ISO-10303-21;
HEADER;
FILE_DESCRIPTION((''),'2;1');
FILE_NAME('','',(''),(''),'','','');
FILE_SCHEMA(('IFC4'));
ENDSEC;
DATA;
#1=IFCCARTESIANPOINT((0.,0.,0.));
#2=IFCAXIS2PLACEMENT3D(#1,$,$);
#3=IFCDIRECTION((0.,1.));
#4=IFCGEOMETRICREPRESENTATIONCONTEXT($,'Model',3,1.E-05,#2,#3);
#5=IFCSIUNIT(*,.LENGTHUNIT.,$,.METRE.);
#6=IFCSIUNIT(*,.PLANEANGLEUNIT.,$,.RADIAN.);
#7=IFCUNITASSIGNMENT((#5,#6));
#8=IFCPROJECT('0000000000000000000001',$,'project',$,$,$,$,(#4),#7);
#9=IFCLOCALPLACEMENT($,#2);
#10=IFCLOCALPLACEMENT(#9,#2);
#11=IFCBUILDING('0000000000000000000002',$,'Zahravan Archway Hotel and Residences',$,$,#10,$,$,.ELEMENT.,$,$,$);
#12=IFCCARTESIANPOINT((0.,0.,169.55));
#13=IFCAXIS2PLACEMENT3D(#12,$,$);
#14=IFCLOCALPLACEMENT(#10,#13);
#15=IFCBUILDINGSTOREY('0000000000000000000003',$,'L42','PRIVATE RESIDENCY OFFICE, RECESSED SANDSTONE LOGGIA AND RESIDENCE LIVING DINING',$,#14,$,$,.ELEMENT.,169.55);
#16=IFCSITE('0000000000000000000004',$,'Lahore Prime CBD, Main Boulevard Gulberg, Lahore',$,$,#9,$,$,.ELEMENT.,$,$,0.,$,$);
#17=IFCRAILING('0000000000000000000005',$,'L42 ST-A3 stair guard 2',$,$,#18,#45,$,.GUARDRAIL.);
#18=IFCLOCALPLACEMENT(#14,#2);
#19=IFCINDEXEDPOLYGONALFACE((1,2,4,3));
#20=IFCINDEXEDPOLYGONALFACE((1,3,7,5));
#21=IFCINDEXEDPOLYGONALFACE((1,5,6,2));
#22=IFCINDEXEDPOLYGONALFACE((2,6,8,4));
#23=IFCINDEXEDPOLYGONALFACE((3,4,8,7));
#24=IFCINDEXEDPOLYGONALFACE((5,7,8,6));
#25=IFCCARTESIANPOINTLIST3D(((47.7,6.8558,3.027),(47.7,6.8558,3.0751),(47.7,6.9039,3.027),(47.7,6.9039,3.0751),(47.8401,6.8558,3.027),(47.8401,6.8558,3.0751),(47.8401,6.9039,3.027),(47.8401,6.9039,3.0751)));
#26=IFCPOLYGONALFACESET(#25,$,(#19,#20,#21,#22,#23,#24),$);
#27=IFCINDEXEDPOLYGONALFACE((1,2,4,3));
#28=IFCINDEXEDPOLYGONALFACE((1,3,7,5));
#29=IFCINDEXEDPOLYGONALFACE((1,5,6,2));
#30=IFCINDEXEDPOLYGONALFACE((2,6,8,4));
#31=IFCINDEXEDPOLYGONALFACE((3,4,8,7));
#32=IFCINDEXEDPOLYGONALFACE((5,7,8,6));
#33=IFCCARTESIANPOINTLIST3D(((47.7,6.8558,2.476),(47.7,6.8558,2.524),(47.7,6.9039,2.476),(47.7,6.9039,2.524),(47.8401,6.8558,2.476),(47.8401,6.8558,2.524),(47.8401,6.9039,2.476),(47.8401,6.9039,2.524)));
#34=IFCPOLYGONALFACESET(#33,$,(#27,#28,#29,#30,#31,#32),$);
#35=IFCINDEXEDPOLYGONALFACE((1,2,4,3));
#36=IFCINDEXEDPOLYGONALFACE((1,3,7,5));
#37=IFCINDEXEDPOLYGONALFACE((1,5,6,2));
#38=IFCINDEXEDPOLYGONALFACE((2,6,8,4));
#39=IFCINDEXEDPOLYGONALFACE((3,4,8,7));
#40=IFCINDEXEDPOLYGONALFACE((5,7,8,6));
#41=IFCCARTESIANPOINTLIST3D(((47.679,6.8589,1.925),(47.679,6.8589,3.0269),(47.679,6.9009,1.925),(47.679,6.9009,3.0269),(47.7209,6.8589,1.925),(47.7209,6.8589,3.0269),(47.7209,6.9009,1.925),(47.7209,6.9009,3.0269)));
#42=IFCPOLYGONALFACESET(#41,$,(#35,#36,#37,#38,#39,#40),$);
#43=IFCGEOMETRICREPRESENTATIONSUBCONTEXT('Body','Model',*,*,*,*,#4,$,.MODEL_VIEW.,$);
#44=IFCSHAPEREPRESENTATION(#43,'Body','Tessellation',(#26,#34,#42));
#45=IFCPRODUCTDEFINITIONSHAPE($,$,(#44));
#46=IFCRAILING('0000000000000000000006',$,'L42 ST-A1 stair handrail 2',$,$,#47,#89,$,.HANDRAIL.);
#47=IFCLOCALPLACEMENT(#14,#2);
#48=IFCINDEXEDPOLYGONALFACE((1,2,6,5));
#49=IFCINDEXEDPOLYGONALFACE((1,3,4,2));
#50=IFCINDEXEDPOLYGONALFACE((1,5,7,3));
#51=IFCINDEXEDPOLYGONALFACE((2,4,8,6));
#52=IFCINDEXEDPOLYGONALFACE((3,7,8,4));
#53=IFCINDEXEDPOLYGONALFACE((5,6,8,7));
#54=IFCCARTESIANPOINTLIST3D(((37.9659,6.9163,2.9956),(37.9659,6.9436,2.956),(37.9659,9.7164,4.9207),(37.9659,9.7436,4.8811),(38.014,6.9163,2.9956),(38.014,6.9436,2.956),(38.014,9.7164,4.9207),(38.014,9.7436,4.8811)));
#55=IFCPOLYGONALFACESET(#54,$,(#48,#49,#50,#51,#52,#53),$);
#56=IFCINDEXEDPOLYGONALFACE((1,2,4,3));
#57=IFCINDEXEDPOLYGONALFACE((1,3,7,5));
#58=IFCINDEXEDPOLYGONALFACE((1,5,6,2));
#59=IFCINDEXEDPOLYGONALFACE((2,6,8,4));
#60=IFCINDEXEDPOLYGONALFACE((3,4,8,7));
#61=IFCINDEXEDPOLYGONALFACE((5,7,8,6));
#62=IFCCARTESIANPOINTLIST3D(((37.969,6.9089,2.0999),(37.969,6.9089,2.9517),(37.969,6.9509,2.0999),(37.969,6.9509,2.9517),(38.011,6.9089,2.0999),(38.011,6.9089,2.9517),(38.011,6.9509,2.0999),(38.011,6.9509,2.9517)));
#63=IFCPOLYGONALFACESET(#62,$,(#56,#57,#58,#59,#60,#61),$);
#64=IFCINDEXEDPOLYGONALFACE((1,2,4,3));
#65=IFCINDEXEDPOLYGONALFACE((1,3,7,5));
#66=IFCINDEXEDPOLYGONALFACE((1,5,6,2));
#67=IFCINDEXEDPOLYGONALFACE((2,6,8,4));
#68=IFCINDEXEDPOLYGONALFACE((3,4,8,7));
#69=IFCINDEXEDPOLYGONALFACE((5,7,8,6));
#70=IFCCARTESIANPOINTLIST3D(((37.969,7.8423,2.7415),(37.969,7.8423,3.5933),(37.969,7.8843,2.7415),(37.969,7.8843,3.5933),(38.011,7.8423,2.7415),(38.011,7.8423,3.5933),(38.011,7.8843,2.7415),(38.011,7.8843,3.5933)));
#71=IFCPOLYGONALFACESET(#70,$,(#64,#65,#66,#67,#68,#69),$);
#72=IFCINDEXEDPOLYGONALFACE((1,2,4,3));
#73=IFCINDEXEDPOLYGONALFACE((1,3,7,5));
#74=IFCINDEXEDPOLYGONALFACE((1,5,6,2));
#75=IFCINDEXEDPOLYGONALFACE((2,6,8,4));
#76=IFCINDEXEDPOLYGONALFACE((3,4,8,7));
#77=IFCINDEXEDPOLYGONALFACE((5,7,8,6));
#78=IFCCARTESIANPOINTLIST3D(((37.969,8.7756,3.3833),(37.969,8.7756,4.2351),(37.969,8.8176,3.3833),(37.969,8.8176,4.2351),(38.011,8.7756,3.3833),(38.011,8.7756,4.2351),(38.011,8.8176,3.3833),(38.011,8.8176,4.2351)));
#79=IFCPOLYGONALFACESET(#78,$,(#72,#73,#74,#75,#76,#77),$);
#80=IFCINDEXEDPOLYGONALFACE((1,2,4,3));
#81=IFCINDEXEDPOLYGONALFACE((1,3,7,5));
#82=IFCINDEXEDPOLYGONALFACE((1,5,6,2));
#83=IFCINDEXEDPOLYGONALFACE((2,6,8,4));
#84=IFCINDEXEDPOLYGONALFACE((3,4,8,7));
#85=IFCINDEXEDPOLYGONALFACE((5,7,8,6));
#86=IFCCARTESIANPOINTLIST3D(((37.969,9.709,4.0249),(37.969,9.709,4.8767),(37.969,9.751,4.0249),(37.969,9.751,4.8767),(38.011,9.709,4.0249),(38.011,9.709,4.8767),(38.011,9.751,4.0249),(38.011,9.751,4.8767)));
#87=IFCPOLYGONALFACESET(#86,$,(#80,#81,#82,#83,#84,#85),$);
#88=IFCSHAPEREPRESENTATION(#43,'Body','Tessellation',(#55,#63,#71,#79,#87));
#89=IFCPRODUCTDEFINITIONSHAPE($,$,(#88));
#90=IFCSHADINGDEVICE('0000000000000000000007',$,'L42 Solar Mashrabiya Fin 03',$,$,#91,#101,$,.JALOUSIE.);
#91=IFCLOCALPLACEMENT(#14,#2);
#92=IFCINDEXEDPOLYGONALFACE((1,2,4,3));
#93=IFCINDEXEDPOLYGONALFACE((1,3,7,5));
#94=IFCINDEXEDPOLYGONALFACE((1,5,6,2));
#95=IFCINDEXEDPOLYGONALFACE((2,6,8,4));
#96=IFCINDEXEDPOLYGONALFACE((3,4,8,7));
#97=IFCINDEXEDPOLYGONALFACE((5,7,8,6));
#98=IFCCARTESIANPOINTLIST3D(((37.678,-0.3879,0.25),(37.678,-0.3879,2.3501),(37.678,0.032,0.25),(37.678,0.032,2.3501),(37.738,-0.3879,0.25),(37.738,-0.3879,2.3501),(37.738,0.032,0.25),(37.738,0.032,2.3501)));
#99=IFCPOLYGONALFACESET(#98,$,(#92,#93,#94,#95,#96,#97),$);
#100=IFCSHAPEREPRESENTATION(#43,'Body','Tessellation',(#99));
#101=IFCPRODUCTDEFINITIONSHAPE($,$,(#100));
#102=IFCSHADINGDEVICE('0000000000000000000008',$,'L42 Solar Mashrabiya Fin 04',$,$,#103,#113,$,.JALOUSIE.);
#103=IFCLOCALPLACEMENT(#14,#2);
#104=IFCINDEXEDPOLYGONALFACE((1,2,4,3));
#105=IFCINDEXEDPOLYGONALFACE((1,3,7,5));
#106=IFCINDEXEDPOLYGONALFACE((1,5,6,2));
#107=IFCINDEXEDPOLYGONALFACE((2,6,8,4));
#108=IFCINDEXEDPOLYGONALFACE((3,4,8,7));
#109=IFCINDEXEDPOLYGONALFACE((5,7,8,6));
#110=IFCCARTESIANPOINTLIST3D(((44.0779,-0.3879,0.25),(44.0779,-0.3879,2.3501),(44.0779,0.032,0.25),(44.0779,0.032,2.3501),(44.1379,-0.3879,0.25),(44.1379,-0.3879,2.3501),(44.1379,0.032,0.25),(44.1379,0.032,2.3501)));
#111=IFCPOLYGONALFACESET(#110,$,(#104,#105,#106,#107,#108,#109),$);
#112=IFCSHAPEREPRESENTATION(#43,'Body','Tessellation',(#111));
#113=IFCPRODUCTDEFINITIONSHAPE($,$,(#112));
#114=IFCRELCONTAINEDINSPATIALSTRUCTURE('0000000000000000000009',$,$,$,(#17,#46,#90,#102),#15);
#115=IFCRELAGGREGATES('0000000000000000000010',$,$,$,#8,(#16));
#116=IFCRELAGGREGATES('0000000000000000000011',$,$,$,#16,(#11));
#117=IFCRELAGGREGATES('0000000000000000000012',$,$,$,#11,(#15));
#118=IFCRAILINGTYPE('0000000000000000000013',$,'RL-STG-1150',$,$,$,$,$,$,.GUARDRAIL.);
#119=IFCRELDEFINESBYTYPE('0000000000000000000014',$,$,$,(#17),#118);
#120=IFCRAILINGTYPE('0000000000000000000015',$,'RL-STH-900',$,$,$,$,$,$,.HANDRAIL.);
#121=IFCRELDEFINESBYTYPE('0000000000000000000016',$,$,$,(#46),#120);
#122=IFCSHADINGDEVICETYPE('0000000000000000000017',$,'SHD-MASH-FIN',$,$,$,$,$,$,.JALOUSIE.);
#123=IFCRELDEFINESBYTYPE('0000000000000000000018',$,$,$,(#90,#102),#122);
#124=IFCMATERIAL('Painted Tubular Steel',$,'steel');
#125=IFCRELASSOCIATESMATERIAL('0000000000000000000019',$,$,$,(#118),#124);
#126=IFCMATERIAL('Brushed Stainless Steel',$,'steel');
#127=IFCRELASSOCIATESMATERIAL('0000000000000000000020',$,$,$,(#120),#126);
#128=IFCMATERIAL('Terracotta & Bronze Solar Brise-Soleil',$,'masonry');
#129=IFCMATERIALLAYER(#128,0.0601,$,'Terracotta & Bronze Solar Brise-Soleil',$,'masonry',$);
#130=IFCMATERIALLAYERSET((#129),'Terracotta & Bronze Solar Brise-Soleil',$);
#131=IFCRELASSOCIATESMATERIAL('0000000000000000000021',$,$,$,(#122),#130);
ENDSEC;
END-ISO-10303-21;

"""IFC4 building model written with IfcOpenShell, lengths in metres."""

from ifc_helpers import new_model, si_unit, direction, frame, origin, origin_2d, place, context, subcontext, project, spatial, rectangle, extrude, source, transform, mapped, material, layer, layer_set, type_object, type_shapes, element, save


model = new_model("IFC4")

# Units and contexts
model_context = context("Model", 3, precision=1e-05, world=origin(), true_north=direction((0.0, 1.0)))
body_context = subcontext(model_context, "Body", "Model", "MODEL_VIEW")
ifc_project = project(units=[si_unit("LENGTHUNIT", "METRE"), si_unit("PLANEANGLEUNIT", "RADIAN")], contexts=[model_context])

# Site, building, storey
site_placement = place(None, origin())
site = spatial("IfcSite", under=ifc_project, at=site_placement, Name="Lahore Prime CBD, Main Boulevard Gulberg, Lahore", CompositionType="ELEMENT", RefElevation=0.0)
building_placement = place(site_placement, origin())
building = spatial("IfcBuilding", under=site, at=building_placement, Name="Zahravan Archway Hotel and Residences", CompositionType="ELEMENT")
storey_placement = place(building_placement, frame((0.0, 0.0, 169.55)))
storey = spatial("IfcBuildingStorey", under=building, at=storey_placement, Name="L42", Description="PRIVATE RESIDENCY OFFICE, RECESSED SANDSTONE LOGGIA AND RESIDENCE LIVING DINING", CompositionType="ELEMENT", Elevation=169.55)

# Railings
ifc_material_1 = material(Name="Painted Tubular Steel", Category="steel")
railing_type_1 = type_object("IfcRailingType", Name="RL-STG-1150", PredefinedType="GUARDRAIL", material=ifc_material_1)
railing_1_placement = place(storey_placement, frame((47.7, 6.8799, 1.925)))
element("IfcRailing", 1, at=railing_1_placement, inside=storey, type_object=railing_type_1, Name="L42 ST-A3 stair guard 2", PredefinedType="GUARDRAIL", context=body_context, shape_type="SweptSolid", body=[
    extrude(rectangle(XDim=0.0481, YDim=0.0481, at=origin_2d()), frame((0.0, 0.0, 1.126), z_axis=(1.0, 0.0, 0.0), x_axis=(0.0, 1.0, 0.0)), (0.0, 0.0, 1.0), 0.1401),
    extrude(rectangle(XDim=0.0481, YDim=0.0481, at=origin_2d()), frame((0.0, 0.0, 0.575), z_axis=(1.0, 0.0, 0.0), x_axis=(0.0, 1.0, 0.0)), (0.0, 0.0, 1.0), 0.1401),
    extrude(rectangle(XDim=0.042, YDim=0.042, at=origin_2d()), origin(), (0.0, 0.0, 1.0), 1.1018),
])
ifc_material_2 = material(Name="Brushed Stainless Steel", Category="steel")
railing_type_2 = type_object("IfcRailingType", Name="RL-STH-900", PredefinedType="HANDRAIL", material=ifc_material_2)
railing_2_placement = place(storey_placement, frame((37.99, 6.9299, 2.0999)))
element("IfcRailing", 2, at=railing_2_placement, inside=storey, type_object=railing_type_2, Name="L42 ST-A1 stair handrail 2", PredefinedType="HANDRAIL", context=body_context, shape_type="SweptSolid", body=[
    extrude(rectangle(XDim=0.0481, YDim=0.0481, at=origin_2d()), frame((0.0, 0.0, 0.876), z_axis=(0.0, 0.82404, 0.566532), x_axis=(-1.0, 0.0, 0.0)), (0.0, 0.0, 1.0), 3.3979),
    extrude(rectangle(XDim=0.042, YDim=0.042, at=origin_2d()), origin(), (0.0, 0.0, 1.0), 0.8518),
    extrude(rectangle(XDim=0.042, YDim=0.042, at=origin_2d()), frame((0.0, 0.9333, 0.6416)), (0.0, 0.0, 1.0), 0.8518),
    extrude(rectangle(XDim=0.042, YDim=0.042, at=origin_2d()), frame((0.0, 1.8667, 1.2834)), (0.0, 0.0, 1.0), 0.8518),
    extrude(rectangle(XDim=0.042, YDim=0.042, at=origin_2d()), frame((0.0, 2.8, 1.925)), (0.0, 0.0, 1.0), 0.8518),
])

# Shading devices
ifc_material_3 = material(Name="Terracotta & Bronze Solar Brise-Soleil", Category="masonry")
ifc_layer_1 = layer(ifc_material_3, 0.0601, Name="Terracotta & Bronze Solar Brise-Soleil", Category="masonry")
ifc_layer_set_1 = layer_set([ifc_layer_1], Name="Terracotta & Bronze Solar Brise-Soleil")
shading_device_type = type_object("IfcShadingDeviceType", Name="SHD-MASH-FIN", PredefinedType="JALOUSIE", material=ifc_layer_set_1)
shared_shape_1 = source(origin(), body_context, "Body", "SweptSolid", [
    extrude(rectangle(XDim=0.0601, YDim=0.4199, at=origin_2d()), origin(), (0.0, 0.0, 1.0), 2.1001),
])
type_shapes(shading_device_type, [shared_shape_1])
for number, where, z_axis, x_axis, name in (
    (3, (37.708, -0.178, 0.25), (0.0, 0.0, 1.0), (1.0, 0.0, 0.0), "L42 Solar Mashrabiya Fin 03"),
    (4, (44.1079, -0.178, 0.25), (0.0, 0.0, 1.0), (1.0, 0.0, 0.0), "L42 Solar Mashrabiya Fin 04"),
):
    element("IfcShadingDevice", number, at=place(storey_placement, frame(where, z_axis=z_axis, x_axis=x_axis)), inside=storey, type_object=shading_device_type, Name=name, PredefinedType="JALOUSIE", context=body_context, shape_type="MappedRepresentation", body=[
        mapped(shared_shape_1, transform((0.0, 0.0, 0.0), scale=1.0)),
    ])

save(model, "model.ifc")
